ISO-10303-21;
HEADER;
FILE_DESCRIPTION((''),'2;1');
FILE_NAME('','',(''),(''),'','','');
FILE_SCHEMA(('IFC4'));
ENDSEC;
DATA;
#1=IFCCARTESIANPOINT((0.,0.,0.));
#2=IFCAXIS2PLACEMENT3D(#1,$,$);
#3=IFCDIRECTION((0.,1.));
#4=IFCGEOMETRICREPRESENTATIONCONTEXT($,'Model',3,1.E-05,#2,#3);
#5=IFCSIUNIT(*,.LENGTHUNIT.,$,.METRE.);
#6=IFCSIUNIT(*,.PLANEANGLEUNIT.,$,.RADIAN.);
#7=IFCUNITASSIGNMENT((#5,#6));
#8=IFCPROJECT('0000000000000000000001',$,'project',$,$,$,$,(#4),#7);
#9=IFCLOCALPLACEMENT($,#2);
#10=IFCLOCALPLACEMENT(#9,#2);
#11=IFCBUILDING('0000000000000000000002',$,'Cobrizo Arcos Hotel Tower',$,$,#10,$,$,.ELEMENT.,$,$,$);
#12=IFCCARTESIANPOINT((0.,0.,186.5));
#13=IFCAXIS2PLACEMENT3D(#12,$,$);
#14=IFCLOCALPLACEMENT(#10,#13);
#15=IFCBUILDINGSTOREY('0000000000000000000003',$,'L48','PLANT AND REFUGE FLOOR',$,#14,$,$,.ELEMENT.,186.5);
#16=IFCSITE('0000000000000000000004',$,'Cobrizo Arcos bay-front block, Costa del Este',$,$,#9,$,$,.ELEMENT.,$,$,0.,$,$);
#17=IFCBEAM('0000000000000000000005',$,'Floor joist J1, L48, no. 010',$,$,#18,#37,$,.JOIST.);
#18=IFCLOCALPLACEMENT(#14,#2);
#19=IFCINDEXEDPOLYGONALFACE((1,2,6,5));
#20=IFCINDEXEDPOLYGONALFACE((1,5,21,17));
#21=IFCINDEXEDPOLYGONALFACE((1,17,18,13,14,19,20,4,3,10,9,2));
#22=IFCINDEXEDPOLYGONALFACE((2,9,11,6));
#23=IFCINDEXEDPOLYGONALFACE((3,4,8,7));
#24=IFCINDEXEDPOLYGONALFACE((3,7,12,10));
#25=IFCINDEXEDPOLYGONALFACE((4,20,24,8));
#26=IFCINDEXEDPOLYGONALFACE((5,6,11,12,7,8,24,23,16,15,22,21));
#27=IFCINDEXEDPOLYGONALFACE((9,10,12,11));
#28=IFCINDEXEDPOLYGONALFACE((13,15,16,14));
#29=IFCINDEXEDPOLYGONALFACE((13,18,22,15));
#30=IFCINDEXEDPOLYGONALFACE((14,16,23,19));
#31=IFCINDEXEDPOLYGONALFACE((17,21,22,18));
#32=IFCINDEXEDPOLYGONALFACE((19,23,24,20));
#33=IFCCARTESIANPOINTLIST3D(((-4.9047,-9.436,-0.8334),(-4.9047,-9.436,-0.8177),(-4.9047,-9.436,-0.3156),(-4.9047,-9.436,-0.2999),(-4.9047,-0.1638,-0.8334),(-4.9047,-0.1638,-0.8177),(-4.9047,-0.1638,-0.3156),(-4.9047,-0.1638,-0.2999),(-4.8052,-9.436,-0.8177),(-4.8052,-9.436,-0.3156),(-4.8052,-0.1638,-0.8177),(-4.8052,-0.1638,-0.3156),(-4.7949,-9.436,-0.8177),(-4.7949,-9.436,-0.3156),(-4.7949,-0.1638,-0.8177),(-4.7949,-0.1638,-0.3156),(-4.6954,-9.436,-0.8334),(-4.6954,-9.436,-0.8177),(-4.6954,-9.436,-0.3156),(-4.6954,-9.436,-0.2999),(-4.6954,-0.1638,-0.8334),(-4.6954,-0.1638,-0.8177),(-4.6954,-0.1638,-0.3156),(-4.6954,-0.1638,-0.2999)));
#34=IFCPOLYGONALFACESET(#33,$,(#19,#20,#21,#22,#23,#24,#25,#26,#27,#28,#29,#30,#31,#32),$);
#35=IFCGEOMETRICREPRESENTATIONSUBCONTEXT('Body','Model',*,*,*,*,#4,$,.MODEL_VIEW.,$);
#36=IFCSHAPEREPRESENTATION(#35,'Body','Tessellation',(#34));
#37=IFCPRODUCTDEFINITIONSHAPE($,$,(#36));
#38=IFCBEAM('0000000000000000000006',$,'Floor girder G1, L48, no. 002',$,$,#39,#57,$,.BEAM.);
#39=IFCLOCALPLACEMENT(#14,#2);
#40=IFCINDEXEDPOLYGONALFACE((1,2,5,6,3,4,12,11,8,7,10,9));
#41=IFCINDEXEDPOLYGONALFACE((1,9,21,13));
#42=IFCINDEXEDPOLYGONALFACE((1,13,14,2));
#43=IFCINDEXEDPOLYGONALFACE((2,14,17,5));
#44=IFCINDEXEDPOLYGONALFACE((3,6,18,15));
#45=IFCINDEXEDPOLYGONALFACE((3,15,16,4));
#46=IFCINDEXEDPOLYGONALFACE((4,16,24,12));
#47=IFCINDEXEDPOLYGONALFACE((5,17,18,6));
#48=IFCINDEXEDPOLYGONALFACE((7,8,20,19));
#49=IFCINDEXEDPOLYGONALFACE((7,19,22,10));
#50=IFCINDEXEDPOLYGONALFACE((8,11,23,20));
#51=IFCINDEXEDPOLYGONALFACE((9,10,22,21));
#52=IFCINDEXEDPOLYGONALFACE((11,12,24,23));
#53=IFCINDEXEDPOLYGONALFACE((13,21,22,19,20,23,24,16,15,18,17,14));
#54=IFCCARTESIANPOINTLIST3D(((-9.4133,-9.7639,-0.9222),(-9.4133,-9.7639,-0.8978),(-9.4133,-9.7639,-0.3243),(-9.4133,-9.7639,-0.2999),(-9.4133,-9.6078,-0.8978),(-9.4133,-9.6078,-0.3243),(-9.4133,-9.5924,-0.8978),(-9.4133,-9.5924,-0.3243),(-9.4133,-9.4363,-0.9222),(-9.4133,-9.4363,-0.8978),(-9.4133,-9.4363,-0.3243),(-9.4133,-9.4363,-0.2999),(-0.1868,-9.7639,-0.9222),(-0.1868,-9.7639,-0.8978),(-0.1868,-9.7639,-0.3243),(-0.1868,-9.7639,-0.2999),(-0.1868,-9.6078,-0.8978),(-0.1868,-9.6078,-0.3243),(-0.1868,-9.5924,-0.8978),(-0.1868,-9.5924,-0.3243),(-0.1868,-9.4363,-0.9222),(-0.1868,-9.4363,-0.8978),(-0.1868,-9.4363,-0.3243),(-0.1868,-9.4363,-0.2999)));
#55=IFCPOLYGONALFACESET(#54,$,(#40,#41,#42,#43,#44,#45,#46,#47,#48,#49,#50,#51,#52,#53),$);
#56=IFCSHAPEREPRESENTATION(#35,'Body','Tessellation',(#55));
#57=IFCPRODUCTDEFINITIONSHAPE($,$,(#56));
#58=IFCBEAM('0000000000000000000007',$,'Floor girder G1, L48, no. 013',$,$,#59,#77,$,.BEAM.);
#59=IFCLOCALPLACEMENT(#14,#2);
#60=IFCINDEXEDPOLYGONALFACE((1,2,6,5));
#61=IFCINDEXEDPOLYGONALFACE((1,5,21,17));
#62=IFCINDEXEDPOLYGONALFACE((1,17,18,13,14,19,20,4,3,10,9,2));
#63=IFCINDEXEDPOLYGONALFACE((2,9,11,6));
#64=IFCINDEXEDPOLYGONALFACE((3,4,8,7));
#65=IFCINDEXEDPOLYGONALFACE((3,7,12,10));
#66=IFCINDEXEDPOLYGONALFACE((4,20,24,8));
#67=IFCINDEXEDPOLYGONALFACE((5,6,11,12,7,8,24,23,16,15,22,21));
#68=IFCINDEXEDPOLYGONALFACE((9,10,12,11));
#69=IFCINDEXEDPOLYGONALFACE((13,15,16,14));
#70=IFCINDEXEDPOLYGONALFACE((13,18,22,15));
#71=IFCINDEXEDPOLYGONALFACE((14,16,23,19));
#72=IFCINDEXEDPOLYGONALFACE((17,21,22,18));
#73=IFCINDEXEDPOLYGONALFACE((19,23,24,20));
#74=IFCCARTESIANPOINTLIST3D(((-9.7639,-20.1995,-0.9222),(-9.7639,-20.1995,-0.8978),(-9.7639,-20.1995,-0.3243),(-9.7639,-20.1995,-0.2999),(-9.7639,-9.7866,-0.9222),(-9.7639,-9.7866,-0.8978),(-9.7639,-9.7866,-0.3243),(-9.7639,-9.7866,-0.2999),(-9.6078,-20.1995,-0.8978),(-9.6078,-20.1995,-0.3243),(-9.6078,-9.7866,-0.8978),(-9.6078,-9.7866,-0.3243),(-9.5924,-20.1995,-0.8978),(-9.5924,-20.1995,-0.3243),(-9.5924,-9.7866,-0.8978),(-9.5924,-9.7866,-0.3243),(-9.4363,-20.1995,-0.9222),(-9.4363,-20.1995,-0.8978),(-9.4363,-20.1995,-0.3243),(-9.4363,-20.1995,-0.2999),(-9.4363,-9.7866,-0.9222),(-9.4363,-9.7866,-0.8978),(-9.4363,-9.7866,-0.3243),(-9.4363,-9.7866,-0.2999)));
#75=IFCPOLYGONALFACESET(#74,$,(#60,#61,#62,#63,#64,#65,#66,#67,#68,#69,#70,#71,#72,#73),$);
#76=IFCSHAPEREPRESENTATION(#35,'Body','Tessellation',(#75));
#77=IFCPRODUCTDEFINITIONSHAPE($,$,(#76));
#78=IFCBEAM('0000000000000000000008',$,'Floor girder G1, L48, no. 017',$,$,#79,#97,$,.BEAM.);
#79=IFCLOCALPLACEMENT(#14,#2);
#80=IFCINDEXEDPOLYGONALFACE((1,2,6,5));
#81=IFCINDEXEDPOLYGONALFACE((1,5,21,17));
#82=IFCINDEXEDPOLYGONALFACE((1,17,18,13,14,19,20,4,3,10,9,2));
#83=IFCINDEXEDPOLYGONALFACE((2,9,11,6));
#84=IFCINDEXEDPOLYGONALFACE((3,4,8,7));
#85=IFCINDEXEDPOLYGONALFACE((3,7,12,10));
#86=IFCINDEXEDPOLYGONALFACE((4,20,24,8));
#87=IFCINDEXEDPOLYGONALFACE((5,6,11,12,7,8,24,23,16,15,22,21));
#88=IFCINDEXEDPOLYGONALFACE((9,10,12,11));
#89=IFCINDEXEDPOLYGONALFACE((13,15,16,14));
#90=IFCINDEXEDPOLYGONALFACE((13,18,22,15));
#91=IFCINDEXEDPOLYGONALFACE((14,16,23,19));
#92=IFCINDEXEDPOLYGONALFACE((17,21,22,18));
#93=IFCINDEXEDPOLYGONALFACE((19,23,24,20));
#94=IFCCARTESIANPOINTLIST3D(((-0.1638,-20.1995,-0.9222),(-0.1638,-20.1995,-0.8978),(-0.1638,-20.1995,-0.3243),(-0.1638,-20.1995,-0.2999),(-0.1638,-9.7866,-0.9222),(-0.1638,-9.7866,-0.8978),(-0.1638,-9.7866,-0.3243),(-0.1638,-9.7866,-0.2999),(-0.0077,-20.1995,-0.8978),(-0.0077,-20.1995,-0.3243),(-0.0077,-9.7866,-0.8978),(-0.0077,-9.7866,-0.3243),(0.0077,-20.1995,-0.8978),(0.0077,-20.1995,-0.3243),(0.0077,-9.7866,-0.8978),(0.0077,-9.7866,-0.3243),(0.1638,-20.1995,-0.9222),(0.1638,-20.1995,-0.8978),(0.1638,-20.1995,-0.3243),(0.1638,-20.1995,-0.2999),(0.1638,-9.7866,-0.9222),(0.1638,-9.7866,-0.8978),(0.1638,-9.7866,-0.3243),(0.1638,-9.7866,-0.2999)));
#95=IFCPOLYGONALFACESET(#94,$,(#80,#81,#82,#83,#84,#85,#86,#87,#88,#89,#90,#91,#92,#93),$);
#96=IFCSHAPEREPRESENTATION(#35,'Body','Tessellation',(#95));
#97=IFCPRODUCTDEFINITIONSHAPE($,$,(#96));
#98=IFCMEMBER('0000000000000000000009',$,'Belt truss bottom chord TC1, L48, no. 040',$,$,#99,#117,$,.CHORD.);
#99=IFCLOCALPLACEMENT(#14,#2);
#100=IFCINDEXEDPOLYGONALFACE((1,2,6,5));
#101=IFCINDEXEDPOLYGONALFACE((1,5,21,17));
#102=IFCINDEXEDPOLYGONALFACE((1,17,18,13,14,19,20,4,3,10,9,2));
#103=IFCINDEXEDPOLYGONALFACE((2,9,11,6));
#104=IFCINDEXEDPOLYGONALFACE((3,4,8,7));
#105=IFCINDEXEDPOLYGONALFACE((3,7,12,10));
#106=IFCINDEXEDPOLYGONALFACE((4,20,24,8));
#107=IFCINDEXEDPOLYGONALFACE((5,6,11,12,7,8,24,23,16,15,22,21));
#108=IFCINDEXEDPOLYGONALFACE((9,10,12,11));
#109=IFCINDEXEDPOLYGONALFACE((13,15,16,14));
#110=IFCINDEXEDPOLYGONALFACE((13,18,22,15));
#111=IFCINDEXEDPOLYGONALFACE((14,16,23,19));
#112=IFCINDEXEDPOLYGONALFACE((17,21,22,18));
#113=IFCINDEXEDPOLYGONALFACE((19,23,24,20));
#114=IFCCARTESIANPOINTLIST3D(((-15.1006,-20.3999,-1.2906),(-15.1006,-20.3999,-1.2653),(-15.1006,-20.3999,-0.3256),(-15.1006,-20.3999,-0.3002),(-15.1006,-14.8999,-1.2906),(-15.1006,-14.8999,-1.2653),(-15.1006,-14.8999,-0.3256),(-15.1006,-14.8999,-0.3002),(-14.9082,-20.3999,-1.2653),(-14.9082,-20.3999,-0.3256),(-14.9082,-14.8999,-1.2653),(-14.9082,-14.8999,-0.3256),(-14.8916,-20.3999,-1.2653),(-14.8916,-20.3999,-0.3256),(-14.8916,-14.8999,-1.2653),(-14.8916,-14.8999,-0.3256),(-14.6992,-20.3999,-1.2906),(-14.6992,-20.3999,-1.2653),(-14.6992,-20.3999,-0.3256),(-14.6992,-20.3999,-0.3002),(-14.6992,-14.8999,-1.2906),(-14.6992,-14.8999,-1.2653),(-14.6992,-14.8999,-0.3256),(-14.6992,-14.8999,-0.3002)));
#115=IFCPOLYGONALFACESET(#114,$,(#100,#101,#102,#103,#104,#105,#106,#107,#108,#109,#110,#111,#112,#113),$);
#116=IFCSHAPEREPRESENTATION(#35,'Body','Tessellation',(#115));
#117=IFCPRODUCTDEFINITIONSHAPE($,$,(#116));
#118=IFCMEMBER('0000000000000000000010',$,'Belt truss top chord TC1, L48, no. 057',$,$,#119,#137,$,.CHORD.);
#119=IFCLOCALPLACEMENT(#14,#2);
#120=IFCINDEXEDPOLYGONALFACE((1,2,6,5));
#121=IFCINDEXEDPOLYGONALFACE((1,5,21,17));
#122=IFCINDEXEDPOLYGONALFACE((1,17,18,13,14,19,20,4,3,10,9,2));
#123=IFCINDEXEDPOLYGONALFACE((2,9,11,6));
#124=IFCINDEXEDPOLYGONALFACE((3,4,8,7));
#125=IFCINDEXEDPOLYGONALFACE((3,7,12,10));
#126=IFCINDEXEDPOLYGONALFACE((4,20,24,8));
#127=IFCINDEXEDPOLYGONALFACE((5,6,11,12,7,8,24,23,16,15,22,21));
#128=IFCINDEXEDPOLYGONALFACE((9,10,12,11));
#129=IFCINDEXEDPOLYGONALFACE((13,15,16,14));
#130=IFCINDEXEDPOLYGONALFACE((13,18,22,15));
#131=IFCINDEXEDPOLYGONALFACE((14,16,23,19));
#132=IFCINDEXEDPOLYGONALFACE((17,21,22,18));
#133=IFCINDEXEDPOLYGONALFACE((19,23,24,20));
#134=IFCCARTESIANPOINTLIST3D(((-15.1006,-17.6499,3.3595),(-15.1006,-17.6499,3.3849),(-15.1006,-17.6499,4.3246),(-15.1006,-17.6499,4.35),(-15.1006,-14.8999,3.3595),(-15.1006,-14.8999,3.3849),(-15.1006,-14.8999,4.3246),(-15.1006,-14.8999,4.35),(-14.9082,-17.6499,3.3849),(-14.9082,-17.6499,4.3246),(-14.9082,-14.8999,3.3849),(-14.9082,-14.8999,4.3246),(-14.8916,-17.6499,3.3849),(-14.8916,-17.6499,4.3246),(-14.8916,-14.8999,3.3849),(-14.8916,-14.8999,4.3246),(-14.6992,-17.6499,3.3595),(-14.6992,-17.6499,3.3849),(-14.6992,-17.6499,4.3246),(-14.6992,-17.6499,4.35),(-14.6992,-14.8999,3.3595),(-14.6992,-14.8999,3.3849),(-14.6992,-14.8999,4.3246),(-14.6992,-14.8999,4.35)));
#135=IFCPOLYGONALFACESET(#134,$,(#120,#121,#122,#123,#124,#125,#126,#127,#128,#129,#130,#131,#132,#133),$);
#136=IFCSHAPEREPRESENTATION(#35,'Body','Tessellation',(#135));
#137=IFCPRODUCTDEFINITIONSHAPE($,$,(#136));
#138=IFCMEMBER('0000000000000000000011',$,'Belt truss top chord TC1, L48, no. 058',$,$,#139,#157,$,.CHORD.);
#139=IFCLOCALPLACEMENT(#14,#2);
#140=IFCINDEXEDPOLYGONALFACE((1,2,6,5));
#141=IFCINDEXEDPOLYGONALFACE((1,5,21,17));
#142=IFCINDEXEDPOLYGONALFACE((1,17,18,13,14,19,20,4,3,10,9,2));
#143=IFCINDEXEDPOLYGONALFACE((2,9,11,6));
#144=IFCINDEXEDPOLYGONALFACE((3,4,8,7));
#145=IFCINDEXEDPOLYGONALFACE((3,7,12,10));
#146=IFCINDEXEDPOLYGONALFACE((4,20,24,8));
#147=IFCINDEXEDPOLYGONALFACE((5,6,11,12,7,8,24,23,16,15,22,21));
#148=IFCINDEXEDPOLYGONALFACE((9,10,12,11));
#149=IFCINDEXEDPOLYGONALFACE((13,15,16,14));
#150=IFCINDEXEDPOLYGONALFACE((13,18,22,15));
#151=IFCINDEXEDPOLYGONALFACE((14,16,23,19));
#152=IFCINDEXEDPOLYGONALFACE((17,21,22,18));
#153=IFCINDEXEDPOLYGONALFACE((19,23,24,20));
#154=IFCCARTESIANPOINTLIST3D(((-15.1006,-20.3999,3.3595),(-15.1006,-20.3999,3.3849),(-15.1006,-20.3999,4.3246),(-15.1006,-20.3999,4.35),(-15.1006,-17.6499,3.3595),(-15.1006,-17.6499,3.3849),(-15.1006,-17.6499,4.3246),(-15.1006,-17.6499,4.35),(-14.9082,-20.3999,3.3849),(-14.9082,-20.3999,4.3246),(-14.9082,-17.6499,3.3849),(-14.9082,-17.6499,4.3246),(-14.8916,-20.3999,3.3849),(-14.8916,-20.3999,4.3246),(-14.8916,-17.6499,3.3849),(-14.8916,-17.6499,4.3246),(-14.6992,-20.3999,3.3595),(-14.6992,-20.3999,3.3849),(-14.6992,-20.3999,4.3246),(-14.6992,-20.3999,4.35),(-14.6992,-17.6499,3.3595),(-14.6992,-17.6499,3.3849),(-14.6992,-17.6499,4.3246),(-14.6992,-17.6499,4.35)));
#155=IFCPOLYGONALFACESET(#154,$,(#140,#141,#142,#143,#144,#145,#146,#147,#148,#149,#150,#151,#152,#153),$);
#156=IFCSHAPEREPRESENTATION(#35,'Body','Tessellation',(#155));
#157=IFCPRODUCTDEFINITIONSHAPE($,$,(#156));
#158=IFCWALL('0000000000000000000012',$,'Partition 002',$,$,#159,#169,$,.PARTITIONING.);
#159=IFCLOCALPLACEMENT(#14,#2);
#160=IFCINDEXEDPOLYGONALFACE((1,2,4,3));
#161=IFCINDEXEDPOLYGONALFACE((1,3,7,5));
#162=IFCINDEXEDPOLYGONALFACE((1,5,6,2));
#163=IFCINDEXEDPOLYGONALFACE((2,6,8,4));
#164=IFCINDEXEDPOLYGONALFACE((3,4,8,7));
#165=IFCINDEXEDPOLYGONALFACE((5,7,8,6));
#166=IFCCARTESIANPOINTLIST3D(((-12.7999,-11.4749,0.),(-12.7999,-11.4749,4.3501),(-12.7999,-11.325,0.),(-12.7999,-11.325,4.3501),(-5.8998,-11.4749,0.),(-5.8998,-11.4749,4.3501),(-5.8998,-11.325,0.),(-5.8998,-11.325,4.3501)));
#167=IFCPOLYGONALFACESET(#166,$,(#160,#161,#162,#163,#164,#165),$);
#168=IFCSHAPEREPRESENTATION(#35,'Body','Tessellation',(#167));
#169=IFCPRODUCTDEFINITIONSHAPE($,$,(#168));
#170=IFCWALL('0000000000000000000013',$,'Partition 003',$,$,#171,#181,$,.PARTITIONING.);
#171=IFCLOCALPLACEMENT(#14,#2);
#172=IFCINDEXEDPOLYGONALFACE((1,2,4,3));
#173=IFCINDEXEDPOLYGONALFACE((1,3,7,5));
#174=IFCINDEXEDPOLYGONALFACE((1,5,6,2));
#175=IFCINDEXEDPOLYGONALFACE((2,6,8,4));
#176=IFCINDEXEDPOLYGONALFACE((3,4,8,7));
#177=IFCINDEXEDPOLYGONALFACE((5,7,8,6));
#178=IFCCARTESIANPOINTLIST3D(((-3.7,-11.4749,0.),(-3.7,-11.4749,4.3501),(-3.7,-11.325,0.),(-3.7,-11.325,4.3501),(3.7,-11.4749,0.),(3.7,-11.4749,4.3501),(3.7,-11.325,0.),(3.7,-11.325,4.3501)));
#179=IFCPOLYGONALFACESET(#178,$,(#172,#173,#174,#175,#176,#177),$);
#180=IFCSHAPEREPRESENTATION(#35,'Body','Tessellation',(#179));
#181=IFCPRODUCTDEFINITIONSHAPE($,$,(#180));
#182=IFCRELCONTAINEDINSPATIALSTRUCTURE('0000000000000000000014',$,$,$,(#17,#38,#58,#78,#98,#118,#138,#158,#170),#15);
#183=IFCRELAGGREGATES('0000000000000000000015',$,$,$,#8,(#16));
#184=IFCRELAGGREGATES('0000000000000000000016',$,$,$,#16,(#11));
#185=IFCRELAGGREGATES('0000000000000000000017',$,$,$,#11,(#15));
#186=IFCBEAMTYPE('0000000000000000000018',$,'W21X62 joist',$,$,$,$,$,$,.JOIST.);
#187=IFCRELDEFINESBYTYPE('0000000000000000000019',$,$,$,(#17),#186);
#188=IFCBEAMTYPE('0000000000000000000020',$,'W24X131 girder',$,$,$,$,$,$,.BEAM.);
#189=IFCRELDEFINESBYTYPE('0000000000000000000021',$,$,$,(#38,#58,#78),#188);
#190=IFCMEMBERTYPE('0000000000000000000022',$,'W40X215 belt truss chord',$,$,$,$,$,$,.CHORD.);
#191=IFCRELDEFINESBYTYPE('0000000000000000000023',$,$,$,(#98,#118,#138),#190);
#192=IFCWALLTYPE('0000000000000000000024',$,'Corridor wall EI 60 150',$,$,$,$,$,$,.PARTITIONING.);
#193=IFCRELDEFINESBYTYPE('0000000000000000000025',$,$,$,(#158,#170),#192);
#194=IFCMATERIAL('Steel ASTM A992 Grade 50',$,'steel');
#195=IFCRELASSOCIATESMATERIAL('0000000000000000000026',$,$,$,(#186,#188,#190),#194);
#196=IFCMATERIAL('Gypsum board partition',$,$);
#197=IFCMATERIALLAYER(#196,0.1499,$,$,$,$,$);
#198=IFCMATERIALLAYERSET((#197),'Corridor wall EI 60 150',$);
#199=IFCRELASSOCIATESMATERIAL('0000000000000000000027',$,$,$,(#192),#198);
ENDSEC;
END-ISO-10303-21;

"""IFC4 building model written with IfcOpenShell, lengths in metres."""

from ifc_helpers import new_model, si_unit, direction, frame, frame_2d, origin, origin_2d, place, context, subcontext, project, spatial, rectangle, i_section, extrude, material, layer, layer_set, material_profile, profile_set, type_object, element, save


model = new_model("IFC4")

# Units and contexts
model_context = context("Model", 3, precision=1e-05, world=origin(), true_north=direction((0.0, 1.0)))
body_context = subcontext(model_context, "Body", "Model", "MODEL_VIEW")
ifc_project = project(units=[si_unit("LENGTHUNIT", "METRE"), si_unit("PLANEANGLEUNIT", "RADIAN")], contexts=[model_context])

# Site, building, storey
site_placement = place(None, origin())
site = spatial("IfcSite", under=ifc_project, at=site_placement, Name="Cobrizo Arcos bay-front block, Costa del Este", CompositionType="ELEMENT", RefElevation=0.0)
building_placement = place(site_placement, origin())
building = spatial("IfcBuilding", under=site, at=building_placement, Name="Cobrizo Arcos Hotel Tower", CompositionType="ELEMENT")
storey_placement = place(building_placement, frame((0.0, 0.0, 186.5)))
storey = spatial("IfcBuildingStorey", under=building, at=storey_placement, Name="L48", Description="PLANT AND REFUGE FLOOR", CompositionType="ELEMENT", Elevation=186.5)

# Shared definitions
ifc_material_1 = material(Name="Steel ASTM A992 Grade 50", Category="steel")

# Beams
ifc_material_profile_1 = material_profile(ifc_material_1, i_section(OverallWidth=0.2092, OverallDepth=0.5334, WebThickness=0.0103, FlangeThickness=0.0156, at=origin_2d()), Name="W21X62")
ifc_profile_set_1 = profile_set([ifc_material_profile_1], Name="Steel ASTM A992 Grade 50")
beam_type_1 = type_object("IfcBeamType", Name="W21X62 joist", PredefinedType="JOIST", material=ifc_profile_set_1)
beam_1_placement = place(storey_placement, frame((-4.8, -9.436, -0.5667), z_axis=(0.0, 1.0, 0.0), x_axis=(-1.0, 0.0, 0.0)))
element("IfcBeam", 1, at=beam_1_placement, inside=storey, type_object=beam_type_1, Name="Floor joist J1, L48, no. 010", PredefinedType="JOIST", context=body_context, shape_type="SweptSolid", body=[
    extrude(i_section(OverallWidth=0.2092, OverallDepth=0.5334, WebThickness=0.0103, FlangeThickness=0.0156, at=origin_2d()), origin(), (0.0, 0.0, 1.0), 9.2722),
])
ifc_material_profile_2 = material_profile(ifc_material_1, i_section(OverallWidth=0.3276, OverallDepth=0.6223, WebThickness=0.0154, FlangeThickness=0.0244, at=origin_2d()), Name="W24X131")
ifc_profile_set_2 = profile_set([ifc_material_profile_2], Name="Steel ASTM A992 Grade 50")
beam_type_2 = type_object("IfcBeamType", Name="W24X131 girder", PredefinedType="BEAM", material=ifc_profile_set_2)
beam_2_placement = place(storey_placement, frame((-9.4133, -9.6001, -0.6111), z_axis=(1.0, 0.0, 0.0), x_axis=(0.0, 1.0, 0.0)))
element("IfcBeam", 2, at=beam_2_placement, inside=storey, type_object=beam_type_2, Name="Floor girder G1, L48, no. 002", PredefinedType="BEAM", context=body_context, shape_type="SweptSolid", body=[
    extrude(i_section(OverallWidth=0.3276, OverallDepth=0.6223, WebThickness=0.0154, FlangeThickness=0.0244, at=origin_2d()), origin(), (0.0, 0.0, 1.0), 9.2266),
])
for number, where, z_axis, x_axis, name in (
    (3, (-9.6001, -20.1995, -0.6111), (0.0, 1.0, 0.0), (-1.0, 0.0, 0.0), "Floor girder G1, L48, no. 013"),
    (4, (0.0, -20.1995, -0.6111), (0.0, 1.0, 0.0), (-1.0, 0.0, 0.0), "Floor girder G1, L48, no. 017"),
):
    element("IfcBeam", number, at=place(storey_placement, frame(where, z_axis=z_axis, x_axis=x_axis)), inside=storey, type_object=beam_type_2, Name=name, PredefinedType="BEAM", context=body_context, shape_type="SweptSolid", body=[
        extrude(i_section(OverallWidth=0.3276, OverallDepth=0.6223, WebThickness=0.0154, FlangeThickness=0.0244, at=origin_2d()), origin(), (0.0, 0.0, 1.0), 10.4128),
    ])

# Members
ifc_material_profile_3 = material_profile(ifc_material_1, i_section(OverallWidth=0.4014, OverallDepth=0.9905, WebThickness=0.0166, FlangeThickness=0.0254, at=origin_2d()), Name="W40X215")
ifc_profile_set_3 = profile_set([ifc_material_profile_3], Name="Steel ASTM A992 Grade 50")
member_type_1 = type_object("IfcMemberType", Name="W40X215 belt truss chord", PredefinedType="CHORD", material=ifc_profile_set_3)
member_placement = place(storey_placement, frame((-14.8999, -14.8999, -0.7954), z_axis=(0.0, -1.0, 0.0), x_axis=(1.0, 0.0, 0.0)))
element("IfcMember", 5, at=member_placement, inside=storey, type_object=member_type_1, Name="Belt truss bottom chord TC1, L48, no. 040", PredefinedType="CHORD", context=body_context, shape_type="SweptSolid", body=[
    extrude(i_section(OverallWidth=0.4014, OverallDepth=0.9905, WebThickness=0.0166, FlangeThickness=0.0254, at=origin_2d()), origin(), (0.0, 0.0, 1.0), 5.5),
])
for number, where, z_axis, x_axis, name in (
    (6, (-14.8999, -14.8999, 3.8547), (0.0, -1.0, 0.0), (1.0, 0.0, 0.0), "Belt truss top chord TC1, L48, no. 057"),
    (7, (-14.8999, -17.6499, 3.8547), (0.0, -1.0, 0.0), (1.0, 0.0, 0.0), "Belt truss top chord TC1, L48, no. 058"),
):
    element("IfcMember", number, at=place(storey_placement, frame(where, z_axis=z_axis, x_axis=x_axis)), inside=storey, type_object=member_type_1, Name=name, PredefinedType="CHORD", context=body_context, shape_type="SweptSolid", body=[
        extrude(i_section(OverallWidth=0.4014, OverallDepth=0.9905, WebThickness=0.0166, FlangeThickness=0.0254, at=origin_2d()), origin(), (0.0, 0.0, 1.0), 2.75),
    ])

# Walls
ifc_material_2 = material(Name="Gypsum board partition")
ifc_layer = layer(ifc_material_2, 0.1499)
ifc_layer_set = layer_set([ifc_layer], Name="Corridor wall EI 60 150")
wall_type = type_object("IfcWallType", Name="Corridor wall EI 60 150", PredefinedType="PARTITIONING", material=ifc_layer_set)
wall_1_placement = place(storey_placement, frame((-12.8, -11.3999, 0.0), z_axis=(0.0, 0.0, 1.0), x_axis=(1.0, 0.0, 0.0)))
element("IfcWall", 8, at=wall_1_placement, inside=storey, type_object=wall_type, Name="Partition 002", PredefinedType="PARTITIONING", context=body_context, shape_type="SweptSolid", body=[
    extrude(rectangle(XDim=6.9001, YDim=0.1499, at=frame_2d((3.4502, 0.0))), origin(), (0.0, 0.0, 1.0), 4.3501),
])
wall_2_placement = place(storey_placement, frame((-3.7, -11.3999, 0.0), z_axis=(0.0, 0.0, 1.0), x_axis=(1.0, 0.0, 0.0)))
element("IfcWall", 9, at=wall_2_placement, inside=storey, type_object=wall_type, Name="Partition 003", PredefinedType="PARTITIONING", context=body_context, shape_type="SweptSolid", body=[
    extrude(rectangle(XDim=7.3999, YDim=0.1499, at=frame_2d((3.7, 0.0))), origin(), (0.0, 0.0, 1.0), 4.3501),
])

save(model, "model.ifc")
